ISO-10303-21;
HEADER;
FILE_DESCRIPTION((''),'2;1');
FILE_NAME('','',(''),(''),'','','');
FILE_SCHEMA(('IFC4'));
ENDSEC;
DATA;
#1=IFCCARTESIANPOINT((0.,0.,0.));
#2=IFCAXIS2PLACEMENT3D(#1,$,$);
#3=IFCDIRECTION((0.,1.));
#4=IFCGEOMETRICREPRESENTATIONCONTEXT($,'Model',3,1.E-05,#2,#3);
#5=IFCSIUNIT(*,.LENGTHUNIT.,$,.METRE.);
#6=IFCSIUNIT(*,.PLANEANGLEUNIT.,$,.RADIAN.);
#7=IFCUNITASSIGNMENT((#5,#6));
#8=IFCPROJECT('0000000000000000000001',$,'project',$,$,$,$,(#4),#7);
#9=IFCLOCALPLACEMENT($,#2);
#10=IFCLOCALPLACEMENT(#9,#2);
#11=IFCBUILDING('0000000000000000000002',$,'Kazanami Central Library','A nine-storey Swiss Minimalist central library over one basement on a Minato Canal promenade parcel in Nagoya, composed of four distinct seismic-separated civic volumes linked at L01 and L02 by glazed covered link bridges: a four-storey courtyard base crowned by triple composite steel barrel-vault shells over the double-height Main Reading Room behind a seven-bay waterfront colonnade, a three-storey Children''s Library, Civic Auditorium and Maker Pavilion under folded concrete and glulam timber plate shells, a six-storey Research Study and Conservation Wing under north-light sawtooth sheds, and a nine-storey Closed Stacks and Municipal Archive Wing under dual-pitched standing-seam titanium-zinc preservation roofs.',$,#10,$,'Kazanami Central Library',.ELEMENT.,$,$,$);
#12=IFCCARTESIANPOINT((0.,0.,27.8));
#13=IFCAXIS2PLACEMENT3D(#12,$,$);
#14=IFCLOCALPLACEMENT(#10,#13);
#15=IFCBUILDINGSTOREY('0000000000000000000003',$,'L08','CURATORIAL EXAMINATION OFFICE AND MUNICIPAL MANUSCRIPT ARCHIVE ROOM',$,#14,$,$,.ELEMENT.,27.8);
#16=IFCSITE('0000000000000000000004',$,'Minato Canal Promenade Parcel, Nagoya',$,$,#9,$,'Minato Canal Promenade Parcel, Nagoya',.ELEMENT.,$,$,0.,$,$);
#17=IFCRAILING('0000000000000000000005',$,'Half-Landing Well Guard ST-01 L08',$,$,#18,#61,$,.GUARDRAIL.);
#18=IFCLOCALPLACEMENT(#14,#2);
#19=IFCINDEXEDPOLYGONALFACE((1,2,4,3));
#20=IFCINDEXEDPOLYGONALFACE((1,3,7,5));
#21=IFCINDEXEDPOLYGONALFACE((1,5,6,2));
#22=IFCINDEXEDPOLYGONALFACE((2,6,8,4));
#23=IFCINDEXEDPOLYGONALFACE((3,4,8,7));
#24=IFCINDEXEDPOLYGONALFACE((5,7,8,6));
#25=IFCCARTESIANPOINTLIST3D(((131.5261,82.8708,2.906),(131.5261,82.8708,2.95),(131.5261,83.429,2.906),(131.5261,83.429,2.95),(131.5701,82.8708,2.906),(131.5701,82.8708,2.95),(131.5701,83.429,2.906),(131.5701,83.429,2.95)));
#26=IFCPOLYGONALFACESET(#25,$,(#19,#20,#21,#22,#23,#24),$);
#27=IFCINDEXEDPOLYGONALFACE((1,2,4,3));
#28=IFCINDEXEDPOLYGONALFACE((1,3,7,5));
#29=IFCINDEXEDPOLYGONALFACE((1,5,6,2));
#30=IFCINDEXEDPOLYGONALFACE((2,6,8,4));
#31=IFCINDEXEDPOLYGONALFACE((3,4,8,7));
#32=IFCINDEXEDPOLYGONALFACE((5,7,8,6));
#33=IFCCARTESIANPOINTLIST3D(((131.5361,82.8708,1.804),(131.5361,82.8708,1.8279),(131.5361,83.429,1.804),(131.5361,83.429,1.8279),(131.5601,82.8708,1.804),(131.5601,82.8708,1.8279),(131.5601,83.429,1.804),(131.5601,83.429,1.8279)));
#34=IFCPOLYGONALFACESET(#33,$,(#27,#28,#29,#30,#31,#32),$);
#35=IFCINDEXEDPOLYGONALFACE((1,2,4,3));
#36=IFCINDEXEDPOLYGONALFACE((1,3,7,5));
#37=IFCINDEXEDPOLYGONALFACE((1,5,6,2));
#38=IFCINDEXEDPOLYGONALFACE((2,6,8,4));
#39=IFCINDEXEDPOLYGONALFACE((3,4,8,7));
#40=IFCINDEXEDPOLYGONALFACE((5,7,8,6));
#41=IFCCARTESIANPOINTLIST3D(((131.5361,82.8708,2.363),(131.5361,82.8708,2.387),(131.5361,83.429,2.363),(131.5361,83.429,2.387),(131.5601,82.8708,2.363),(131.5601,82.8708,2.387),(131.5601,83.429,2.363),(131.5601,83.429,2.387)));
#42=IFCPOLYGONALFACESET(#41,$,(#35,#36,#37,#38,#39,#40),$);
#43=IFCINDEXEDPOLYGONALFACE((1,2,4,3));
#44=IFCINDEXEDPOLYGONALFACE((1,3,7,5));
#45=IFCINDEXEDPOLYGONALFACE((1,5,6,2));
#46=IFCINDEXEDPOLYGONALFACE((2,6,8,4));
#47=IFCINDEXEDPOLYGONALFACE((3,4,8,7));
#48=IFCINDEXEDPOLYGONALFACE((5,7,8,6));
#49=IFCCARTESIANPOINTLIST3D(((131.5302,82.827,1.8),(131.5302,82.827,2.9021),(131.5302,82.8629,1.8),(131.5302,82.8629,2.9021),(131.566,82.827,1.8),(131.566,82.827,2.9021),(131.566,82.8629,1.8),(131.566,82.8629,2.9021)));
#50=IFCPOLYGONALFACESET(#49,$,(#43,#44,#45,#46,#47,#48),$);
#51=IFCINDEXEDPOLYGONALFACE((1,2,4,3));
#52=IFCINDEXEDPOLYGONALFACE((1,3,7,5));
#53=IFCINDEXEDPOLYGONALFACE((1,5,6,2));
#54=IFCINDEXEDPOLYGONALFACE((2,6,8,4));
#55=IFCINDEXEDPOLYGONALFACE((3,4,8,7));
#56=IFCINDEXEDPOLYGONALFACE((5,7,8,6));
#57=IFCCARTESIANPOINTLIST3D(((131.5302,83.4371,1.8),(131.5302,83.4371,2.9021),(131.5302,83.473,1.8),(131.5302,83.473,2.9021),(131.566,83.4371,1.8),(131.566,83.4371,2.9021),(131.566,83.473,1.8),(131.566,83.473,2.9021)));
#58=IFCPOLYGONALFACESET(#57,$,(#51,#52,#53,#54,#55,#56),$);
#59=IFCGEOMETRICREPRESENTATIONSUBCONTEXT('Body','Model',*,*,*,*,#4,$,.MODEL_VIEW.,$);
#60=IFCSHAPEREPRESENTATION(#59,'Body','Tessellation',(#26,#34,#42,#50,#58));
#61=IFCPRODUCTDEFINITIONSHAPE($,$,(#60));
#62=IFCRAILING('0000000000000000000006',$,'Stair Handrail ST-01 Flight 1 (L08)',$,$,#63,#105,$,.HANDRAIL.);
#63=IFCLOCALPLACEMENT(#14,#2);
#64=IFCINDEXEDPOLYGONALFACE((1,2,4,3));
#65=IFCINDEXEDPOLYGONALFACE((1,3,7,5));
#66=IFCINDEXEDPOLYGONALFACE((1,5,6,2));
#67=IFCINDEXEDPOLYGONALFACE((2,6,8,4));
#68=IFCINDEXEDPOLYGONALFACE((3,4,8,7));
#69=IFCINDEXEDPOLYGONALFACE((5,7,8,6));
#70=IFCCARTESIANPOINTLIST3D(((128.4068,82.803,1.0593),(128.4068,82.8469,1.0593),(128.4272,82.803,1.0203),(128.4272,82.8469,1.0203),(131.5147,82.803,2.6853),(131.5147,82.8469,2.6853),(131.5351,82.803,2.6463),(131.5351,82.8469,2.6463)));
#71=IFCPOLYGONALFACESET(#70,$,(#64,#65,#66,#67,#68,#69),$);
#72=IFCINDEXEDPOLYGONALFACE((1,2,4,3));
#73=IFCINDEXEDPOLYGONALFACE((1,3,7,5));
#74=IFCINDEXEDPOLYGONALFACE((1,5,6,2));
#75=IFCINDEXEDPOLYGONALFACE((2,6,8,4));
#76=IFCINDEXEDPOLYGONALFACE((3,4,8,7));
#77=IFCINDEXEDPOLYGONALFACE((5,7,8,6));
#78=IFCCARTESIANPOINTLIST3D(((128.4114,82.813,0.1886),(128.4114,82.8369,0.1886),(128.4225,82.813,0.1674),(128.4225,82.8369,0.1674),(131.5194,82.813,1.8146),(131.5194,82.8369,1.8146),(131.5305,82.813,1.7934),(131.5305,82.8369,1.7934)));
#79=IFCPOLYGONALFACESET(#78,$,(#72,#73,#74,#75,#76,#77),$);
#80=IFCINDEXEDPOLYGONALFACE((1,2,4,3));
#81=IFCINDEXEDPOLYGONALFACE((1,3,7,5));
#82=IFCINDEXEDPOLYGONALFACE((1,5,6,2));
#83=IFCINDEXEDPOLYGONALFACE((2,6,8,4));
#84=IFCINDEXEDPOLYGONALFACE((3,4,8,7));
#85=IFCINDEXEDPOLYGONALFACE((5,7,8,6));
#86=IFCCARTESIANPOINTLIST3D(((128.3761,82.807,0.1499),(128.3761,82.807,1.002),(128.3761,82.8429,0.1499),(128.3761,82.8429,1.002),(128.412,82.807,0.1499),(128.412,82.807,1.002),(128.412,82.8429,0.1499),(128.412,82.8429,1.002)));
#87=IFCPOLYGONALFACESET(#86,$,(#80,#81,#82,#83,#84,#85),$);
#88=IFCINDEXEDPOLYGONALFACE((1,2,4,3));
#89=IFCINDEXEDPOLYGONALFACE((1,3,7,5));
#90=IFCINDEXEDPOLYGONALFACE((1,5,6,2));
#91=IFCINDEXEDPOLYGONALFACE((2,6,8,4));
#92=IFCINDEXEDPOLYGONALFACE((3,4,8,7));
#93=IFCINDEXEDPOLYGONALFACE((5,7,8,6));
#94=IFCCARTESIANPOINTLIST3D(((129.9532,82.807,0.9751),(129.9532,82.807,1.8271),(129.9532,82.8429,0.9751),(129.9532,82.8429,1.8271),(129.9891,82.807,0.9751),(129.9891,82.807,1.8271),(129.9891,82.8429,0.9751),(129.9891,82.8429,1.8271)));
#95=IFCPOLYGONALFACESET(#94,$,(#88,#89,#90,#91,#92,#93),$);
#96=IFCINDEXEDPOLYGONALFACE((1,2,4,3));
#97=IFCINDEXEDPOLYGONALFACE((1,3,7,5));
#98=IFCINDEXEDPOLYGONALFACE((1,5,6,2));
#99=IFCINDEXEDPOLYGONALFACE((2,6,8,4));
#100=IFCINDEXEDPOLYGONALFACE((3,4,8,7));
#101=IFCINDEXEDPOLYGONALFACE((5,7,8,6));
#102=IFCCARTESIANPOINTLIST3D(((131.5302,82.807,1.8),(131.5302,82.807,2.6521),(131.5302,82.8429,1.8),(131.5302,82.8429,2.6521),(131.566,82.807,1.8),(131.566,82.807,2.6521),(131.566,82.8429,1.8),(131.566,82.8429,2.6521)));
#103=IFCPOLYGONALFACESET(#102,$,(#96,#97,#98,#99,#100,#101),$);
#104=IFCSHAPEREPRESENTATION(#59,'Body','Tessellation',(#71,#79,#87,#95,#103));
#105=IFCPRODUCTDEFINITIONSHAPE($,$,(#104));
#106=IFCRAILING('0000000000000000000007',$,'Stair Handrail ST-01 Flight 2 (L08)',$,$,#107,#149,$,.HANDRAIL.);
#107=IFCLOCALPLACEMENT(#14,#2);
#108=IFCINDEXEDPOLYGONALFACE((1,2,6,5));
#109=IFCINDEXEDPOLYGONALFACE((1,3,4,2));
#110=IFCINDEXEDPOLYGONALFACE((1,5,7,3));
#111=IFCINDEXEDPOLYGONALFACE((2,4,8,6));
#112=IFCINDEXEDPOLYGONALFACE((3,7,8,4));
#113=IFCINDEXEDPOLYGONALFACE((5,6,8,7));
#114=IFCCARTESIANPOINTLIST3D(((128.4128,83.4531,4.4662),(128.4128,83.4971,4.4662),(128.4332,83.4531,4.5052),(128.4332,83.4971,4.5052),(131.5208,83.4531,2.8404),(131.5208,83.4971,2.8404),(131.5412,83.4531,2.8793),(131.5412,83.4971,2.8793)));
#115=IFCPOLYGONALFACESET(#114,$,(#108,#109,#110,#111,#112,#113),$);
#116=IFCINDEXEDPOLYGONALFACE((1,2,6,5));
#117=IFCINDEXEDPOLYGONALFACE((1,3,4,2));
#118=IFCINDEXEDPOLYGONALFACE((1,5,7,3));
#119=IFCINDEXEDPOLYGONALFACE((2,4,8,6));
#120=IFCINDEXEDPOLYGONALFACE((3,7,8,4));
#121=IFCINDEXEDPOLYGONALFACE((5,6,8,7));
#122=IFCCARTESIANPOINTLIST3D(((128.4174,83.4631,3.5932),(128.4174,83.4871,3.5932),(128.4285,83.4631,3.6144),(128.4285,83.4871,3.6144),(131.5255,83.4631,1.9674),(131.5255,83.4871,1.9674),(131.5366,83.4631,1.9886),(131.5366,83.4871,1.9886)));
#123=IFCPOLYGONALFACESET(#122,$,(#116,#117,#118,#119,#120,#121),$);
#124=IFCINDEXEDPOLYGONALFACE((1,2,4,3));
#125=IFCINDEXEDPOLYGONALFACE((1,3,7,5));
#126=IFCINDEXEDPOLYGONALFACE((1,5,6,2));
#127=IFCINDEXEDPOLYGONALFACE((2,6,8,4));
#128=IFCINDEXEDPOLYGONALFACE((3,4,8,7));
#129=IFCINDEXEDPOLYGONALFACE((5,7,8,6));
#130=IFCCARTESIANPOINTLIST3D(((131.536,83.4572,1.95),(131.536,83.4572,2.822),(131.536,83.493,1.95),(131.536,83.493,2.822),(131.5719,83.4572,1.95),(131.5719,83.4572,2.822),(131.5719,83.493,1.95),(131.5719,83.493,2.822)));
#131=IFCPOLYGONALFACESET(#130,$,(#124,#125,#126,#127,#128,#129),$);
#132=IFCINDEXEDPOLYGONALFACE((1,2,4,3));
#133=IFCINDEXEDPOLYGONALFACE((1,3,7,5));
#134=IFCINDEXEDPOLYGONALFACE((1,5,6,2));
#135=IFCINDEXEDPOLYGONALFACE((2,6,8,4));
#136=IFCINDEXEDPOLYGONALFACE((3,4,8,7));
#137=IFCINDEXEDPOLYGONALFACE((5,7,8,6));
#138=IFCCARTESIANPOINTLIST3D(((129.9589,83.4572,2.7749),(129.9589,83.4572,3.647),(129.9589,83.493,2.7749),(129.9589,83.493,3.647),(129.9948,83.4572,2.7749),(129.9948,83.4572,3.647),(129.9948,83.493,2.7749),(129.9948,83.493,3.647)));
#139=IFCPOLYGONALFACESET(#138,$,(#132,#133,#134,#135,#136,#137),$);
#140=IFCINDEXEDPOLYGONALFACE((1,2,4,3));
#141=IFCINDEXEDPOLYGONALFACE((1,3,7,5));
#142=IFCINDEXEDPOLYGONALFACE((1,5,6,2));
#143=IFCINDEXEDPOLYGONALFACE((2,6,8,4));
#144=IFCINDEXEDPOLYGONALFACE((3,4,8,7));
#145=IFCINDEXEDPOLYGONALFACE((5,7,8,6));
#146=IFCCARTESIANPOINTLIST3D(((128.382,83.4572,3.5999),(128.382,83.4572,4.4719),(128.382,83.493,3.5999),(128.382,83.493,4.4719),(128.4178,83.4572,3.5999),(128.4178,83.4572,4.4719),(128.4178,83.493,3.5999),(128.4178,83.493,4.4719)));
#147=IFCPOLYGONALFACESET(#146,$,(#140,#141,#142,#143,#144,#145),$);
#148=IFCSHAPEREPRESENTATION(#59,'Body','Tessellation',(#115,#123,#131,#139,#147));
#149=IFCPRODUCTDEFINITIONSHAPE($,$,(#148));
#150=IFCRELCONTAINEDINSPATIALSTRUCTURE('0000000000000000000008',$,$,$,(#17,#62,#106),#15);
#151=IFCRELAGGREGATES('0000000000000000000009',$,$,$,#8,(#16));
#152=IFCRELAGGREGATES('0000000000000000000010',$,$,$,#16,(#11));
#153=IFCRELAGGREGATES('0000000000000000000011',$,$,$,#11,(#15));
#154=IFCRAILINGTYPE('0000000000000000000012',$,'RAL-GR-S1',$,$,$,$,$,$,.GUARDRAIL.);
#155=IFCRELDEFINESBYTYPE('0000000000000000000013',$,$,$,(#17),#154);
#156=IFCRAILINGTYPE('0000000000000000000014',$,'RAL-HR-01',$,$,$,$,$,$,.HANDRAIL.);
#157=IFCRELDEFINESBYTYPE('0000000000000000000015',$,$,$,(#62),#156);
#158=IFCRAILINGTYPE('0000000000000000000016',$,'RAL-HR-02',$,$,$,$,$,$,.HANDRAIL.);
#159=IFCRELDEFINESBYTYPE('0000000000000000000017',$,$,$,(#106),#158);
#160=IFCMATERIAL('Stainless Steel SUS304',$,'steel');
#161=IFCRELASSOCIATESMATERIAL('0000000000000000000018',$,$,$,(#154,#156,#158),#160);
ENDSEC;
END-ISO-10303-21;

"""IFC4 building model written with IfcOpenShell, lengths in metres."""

from ifc_helpers import new_model, si_unit, direction, frame, origin, origin_2d, place, context, subcontext, project, spatial, rectangle, extrude, material, type_object, element, save


model = new_model("IFC4")

# Units and contexts
model_context = context("Model", 3, precision=1e-05, world=origin(), true_north=direction((0.0, 1.0)))
body_context = subcontext(model_context, "Body", "Model", "MODEL_VIEW")
ifc_project = project(units=[si_unit("LENGTHUNIT", "METRE"), si_unit("PLANEANGLEUNIT", "RADIAN")], contexts=[model_context])

# Site, building, storey
site_placement = place(None, origin())
site = spatial("IfcSite", under=ifc_project, at=site_placement, Name="Minato Canal Promenade Parcel, Nagoya", LongName="Minato Canal Promenade Parcel, Nagoya", CompositionType="ELEMENT", RefElevation=0.0)
building_placement = place(site_placement, origin())
building = spatial("IfcBuilding", under=site, at=building_placement, Name="Kazanami Central Library", Description="A nine-storey Swiss Minimalist central library over one basement on a Minato Canal promenade parcel in Nagoya, composed of four distinct seismic-separated civic volumes linked at L01 and L02 by glazed covered link bridges: a four-storey courtyard base crowned by triple composite steel barrel-vault shells over the double-height Main Reading Room behind a seven-bay waterfront colonnade, a three-storey Children's Library, Civic Auditorium and Maker Pavilion under folded concrete and glulam timber plate shells, a six-storey Research Study and Conservation Wing under north-light sawtooth sheds, and a nine-storey Closed Stacks and Municipal Archive Wing under dual-pitched standing-seam titanium-zinc preservation roofs.", LongName="Kazanami Central Library", CompositionType="ELEMENT")
storey_placement = place(building_placement, frame((0.0, 0.0, 27.8)))
storey = spatial("IfcBuildingStorey", under=building, at=storey_placement, Name="L08", Description="CURATORIAL EXAMINATION OFFICE AND MUNICIPAL MANUSCRIPT ARCHIVE ROOM", CompositionType="ELEMENT", Elevation=27.8)

# Railings
ifc_material_1 = material(Name="Stainless Steel SUS304", Category="steel")
railing_type_1 = type_object("IfcRailingType", Name="RAL-GR-S1", PredefinedType="GUARDRAIL", material=ifc_material_1)
railing_1_placement = place(storey_placement, frame((131.5481, 82.845, 1.8)))
element("IfcRailing", 1, at=railing_1_placement, inside=storey, type_object=railing_type_1, Name="Half-Landing Well Guard ST-01 L08", PredefinedType="GUARDRAIL", context=body_context, shape_type="SweptSolid", body=[
    extrude(rectangle(XDim=0.0439, YDim=0.0439, at=origin_2d()), frame((0.0, 0.0259, 1.1279), z_axis=(0.0, 1.0, 0.0), x_axis=(-1.0, 0.0, 0.0)), (0.0, 0.0, 1.0), 0.5581),
    extrude(rectangle(XDim=0.0239, YDim=0.0239, at=origin_2d()), frame((0.0, 0.0259, 0.0159), z_axis=(0.0, 1.0, 0.0), x_axis=(-1.0, 0.0, 0.0)), (0.0, 0.0, 1.0), 0.5581),
    extrude(rectangle(XDim=0.0239, YDim=0.0239, at=origin_2d()), frame((0.0, 0.0259, 0.575), z_axis=(0.0, 1.0, 0.0), x_axis=(-1.0, 0.0, 0.0)), (0.0, 0.0, 1.0), 0.5581),
    extrude(rectangle(XDim=0.0359, YDim=0.0359, at=origin_2d()), origin(), (0.0, 0.0, 1.0), 1.1021),
    extrude(rectangle(XDim=0.0359, YDim=0.0359, at=origin_2d()), frame((0.0, 0.6101, 0.0)), (0.0, 0.0, 1.0), 1.1021),
])
railing_type_2 = type_object("IfcRailingType", Name="RAL-HR-01", PredefinedType="HANDRAIL", material=ifc_material_1)
railing_2_placement = place(storey_placement, frame((128.394, 82.825, 0.1499)))
element("IfcRailing", 2, at=railing_2_placement, inside=storey, type_object=railing_type_2, Name="Stair Handrail ST-01 Flight 1 (L08)", PredefinedType="HANDRAIL", context=body_context, shape_type="SweptSolid", body=[
    extrude(rectangle(XDim=0.0439, YDim=0.0439, at=origin_2d()), frame((0.0229, 0.0, 0.8899), z_axis=(0.88606, 0.0, 0.463571), x_axis=(0.0, 1.0, 0.0)), (0.0, 0.0, 1.0), 3.5076),
    extrude(rectangle(XDim=0.0239, YDim=0.0239, at=origin_2d()), frame((0.0229, 0.0, 0.0281), z_axis=(0.88606, 0.0, 0.463571), x_axis=(0.0, 1.0, 0.0)), (0.0, 0.0, 1.0), 3.5076),
    extrude(rectangle(XDim=0.0359, YDim=0.0359, at=origin_2d()), origin(), (0.0, 0.0, 1.0), 0.8521),
    extrude(rectangle(XDim=0.0359, YDim=0.0359, at=origin_2d()), frame((1.5771, 0.0, 0.8252)), (0.0, 0.0, 1.0), 0.8521),
    extrude(rectangle(XDim=0.0359, YDim=0.0359, at=origin_2d()), frame((3.1541, 0.0, 1.6501)), (0.0, 0.0, 1.0), 0.8521),
])
railing_type_3 = type_object("IfcRailingType", Name="RAL-HR-02", PredefinedType="HANDRAIL", material=ifc_material_1)
railing_3_placement = place(storey_placement, frame((131.554, 83.4751, 1.95)))
element("IfcRailing", 3, at=railing_3_placement, inside=storey, type_object=railing_type_3, Name="Stair Handrail ST-01 Flight 2 (L08)", PredefinedType="HANDRAIL", context=body_context, shape_type="SweptSolid", body=[
    extrude(rectangle(XDim=0.0439, YDim=0.0439, at=origin_2d()), frame((-0.0229, 0.0, 0.9099), z_axis=(-0.886088, 0.0, 0.463517), x_axis=(0.0, -1.0, 0.0)), (0.0, 0.0, 1.0), 3.5076),
    extrude(rectangle(XDim=0.0239, YDim=0.0239, at=origin_2d()), frame((-0.0229, 0.0, 0.0281), z_axis=(-0.886088, 0.0, 0.463517), x_axis=(0.0, -1.0, 0.0)), (0.0, 0.0, 1.0), 3.5076),
    extrude(rectangle(XDim=0.0359, YDim=0.0359, at=origin_2d()), origin(), (0.0, 0.0, 1.0), 0.8721),
    extrude(rectangle(XDim=0.0359, YDim=0.0359, at=origin_2d()), frame((-1.5771, 0.0, 0.825)), (0.0, 0.0, 1.0), 0.8721),
    extrude(rectangle(XDim=0.0359, YDim=0.0359, at=origin_2d()), frame((-3.1541, 0.0, 1.6499)), (0.0, 0.0, 1.0), 0.8721),
])

save(model, "model.ifc")
